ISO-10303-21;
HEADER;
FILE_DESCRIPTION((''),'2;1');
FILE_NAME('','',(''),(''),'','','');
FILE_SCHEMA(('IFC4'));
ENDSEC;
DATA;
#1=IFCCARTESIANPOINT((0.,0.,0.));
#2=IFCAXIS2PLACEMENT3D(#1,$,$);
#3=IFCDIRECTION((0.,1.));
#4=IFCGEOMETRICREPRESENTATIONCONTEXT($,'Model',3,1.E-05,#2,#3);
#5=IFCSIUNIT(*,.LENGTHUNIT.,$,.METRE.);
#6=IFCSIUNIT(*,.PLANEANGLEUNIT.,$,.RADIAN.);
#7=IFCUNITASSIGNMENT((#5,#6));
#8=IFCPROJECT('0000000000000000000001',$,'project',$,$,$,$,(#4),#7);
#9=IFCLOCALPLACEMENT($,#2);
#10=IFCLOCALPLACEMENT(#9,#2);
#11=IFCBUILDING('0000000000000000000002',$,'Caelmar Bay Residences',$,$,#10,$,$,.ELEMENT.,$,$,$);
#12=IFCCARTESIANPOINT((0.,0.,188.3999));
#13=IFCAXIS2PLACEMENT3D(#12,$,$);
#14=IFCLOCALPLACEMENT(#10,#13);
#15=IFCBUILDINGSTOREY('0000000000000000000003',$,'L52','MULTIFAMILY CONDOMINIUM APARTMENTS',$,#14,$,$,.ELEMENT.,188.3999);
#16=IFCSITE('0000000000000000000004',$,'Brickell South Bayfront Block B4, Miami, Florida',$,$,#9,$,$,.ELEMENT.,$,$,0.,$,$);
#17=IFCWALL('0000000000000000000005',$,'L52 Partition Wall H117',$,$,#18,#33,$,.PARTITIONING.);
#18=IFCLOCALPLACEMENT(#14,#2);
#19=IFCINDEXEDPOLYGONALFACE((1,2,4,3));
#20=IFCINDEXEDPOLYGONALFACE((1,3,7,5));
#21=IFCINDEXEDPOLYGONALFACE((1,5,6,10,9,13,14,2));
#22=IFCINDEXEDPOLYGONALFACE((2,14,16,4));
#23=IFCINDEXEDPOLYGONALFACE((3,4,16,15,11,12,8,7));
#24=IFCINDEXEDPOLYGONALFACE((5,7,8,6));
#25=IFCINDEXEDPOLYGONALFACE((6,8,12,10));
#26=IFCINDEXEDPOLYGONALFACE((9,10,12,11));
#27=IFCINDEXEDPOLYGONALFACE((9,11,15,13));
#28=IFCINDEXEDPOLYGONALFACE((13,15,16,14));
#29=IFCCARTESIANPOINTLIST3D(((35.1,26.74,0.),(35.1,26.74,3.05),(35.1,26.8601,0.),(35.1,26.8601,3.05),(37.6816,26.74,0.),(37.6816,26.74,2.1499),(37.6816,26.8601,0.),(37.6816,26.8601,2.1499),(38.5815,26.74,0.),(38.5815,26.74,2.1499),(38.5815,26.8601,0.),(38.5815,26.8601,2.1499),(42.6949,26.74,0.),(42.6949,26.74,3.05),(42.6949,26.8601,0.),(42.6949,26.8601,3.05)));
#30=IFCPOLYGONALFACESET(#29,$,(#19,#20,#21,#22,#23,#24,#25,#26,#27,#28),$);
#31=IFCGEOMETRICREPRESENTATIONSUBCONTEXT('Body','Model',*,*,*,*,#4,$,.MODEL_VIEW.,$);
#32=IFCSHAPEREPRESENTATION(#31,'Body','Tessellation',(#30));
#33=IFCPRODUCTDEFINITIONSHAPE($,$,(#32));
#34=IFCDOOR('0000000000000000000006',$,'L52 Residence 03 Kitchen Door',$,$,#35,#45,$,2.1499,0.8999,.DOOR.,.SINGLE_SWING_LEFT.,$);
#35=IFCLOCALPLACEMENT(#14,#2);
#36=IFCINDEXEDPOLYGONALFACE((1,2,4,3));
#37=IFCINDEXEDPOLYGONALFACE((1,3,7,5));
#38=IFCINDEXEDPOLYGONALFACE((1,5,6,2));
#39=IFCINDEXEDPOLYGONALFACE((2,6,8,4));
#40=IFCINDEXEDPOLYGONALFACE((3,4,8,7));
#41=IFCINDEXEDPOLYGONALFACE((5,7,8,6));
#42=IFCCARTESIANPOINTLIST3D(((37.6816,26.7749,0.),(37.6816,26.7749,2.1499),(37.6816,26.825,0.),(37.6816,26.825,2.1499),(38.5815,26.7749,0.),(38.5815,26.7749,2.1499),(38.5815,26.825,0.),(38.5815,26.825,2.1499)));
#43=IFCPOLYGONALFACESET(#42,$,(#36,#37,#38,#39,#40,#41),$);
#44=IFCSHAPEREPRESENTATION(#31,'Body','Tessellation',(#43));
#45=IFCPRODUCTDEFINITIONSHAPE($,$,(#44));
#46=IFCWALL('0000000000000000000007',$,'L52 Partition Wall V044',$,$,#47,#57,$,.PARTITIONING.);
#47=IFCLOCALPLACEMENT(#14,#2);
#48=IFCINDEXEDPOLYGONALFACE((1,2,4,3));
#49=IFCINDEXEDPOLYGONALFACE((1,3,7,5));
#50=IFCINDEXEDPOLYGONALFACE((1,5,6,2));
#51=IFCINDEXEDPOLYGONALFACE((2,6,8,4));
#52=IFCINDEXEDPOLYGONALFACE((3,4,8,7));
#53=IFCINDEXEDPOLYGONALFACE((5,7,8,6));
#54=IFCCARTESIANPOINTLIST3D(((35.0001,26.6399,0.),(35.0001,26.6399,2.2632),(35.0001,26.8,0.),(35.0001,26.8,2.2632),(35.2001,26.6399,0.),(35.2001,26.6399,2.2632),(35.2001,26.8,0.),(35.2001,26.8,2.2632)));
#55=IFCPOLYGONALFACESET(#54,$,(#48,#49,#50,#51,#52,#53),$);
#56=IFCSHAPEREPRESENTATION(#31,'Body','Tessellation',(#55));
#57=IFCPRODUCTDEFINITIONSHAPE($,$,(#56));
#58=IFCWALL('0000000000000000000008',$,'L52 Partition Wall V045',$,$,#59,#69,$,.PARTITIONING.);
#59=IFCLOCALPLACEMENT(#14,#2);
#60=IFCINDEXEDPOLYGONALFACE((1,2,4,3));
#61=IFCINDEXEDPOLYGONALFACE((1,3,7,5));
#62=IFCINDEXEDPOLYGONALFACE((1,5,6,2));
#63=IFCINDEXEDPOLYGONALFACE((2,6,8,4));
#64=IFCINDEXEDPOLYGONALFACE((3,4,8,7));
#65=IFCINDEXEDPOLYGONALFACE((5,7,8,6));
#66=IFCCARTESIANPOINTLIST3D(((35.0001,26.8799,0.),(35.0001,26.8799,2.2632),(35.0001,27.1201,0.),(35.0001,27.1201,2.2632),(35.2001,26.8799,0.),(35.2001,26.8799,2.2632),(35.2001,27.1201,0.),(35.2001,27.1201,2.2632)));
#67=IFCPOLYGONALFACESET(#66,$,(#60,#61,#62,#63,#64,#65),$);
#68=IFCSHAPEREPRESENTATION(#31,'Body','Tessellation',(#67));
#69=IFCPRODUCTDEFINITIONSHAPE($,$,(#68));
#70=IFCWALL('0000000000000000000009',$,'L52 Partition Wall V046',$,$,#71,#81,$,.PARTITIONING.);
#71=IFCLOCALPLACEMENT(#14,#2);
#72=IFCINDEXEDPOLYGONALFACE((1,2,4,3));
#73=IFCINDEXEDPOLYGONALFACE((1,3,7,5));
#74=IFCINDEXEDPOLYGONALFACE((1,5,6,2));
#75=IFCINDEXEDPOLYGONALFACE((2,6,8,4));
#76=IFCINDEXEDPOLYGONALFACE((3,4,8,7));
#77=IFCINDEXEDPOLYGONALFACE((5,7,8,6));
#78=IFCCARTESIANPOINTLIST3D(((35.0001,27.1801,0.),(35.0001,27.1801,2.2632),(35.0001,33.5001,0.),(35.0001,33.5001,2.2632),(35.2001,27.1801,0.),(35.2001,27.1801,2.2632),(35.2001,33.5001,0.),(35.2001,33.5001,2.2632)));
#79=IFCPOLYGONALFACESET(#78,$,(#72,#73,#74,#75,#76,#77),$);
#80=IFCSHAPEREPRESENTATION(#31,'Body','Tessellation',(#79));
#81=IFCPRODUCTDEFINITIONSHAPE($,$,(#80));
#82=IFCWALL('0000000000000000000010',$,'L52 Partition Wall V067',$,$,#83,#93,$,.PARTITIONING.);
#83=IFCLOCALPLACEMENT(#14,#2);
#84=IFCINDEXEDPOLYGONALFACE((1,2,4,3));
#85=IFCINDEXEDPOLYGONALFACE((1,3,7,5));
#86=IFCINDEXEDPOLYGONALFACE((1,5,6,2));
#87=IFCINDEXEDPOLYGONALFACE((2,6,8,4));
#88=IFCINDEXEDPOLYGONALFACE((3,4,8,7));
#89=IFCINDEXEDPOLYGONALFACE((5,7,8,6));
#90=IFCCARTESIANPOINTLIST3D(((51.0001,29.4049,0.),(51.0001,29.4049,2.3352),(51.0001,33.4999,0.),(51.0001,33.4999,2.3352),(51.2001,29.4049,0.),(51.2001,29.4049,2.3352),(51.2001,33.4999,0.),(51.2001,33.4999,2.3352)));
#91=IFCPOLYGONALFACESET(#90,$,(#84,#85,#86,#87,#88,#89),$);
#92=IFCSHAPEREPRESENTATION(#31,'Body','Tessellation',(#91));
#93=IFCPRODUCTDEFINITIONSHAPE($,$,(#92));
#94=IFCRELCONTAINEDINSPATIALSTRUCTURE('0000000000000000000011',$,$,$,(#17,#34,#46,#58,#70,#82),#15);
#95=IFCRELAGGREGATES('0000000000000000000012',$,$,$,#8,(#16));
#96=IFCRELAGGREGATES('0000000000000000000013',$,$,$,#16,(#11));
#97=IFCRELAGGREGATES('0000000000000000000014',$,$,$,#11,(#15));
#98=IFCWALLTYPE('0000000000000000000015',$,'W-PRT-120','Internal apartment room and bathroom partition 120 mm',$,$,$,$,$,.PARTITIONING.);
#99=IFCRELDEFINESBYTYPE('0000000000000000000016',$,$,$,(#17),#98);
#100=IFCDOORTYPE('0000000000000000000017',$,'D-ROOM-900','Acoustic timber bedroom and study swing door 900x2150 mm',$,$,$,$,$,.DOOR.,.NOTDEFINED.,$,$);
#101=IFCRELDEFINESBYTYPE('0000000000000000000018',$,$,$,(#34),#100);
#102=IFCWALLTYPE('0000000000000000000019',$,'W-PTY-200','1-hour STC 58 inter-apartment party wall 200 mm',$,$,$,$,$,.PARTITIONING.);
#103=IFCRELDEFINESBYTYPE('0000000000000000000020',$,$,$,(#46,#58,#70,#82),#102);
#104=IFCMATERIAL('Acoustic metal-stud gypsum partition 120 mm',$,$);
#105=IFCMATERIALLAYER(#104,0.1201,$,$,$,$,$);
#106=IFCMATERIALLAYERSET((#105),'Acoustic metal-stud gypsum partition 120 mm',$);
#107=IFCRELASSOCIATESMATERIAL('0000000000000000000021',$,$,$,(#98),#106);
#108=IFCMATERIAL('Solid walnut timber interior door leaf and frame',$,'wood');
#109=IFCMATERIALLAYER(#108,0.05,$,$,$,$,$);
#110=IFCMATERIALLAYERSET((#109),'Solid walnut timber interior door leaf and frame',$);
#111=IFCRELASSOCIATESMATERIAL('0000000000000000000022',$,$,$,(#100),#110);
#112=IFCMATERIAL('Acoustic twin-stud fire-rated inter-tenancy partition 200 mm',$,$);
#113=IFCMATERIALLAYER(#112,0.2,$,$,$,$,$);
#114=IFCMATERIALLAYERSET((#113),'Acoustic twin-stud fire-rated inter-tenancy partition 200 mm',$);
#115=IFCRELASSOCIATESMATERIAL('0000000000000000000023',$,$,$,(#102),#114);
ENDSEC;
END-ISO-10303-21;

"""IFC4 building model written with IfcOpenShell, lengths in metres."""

from ifc_helpers import new_model, si_unit, direction, frame, frame_2d, origin, place, context, subcontext, project, spatial, rectangle, extrude, material, layer, layer_set, type_object, element, fill, save


model = new_model("IFC4")

# Units and contexts
model_context = context("Model", 3, precision=1e-05, world=origin(), true_north=direction((0.0, 1.0)))
body_context = subcontext(model_context, "Body", "Model", "MODEL_VIEW")
ifc_project = project(units=[si_unit("LENGTHUNIT", "METRE"), si_unit("PLANEANGLEUNIT", "RADIAN")], contexts=[model_context])

# Site, building, storey
site_placement = place(None, origin())
site = spatial("IfcSite", under=ifc_project, at=site_placement, Name="Brickell South Bayfront Block B4, Miami, Florida", CompositionType="ELEMENT", RefElevation=0.0)
building_placement = place(site_placement, origin())
building = spatial("IfcBuilding", under=site, at=building_placement, Name="Caelmar Bay Residences", CompositionType="ELEMENT")
storey_placement = place(building_placement, frame((0.0, 0.0, 188.3999)))
storey = spatial("IfcBuildingStorey", under=building, at=storey_placement, Name="L52", Description="MULTIFAMILY CONDOMINIUM APARTMENTS", CompositionType="ELEMENT", Elevation=188.3999)

# Shared definitions
ifc_material_1 = material(Name="Acoustic metal-stud gypsum partition 120 mm")
ifc_layer_1 = layer(ifc_material_1, 0.1201)
ifc_layer_set_1 = layer_set([ifc_layer_1], Name="Acoustic metal-stud gypsum partition 120 mm")
wall_type_1 = type_object("IfcWallType", Name="W-PRT-120", Description="Internal apartment room and bathroom partition 120 mm", PredefinedType="PARTITIONING", material=ifc_layer_set_1)

# Shared definitions
ifc_material_2 = material(Name="Solid walnut timber interior door leaf and frame", Category="wood")

# Wall, opening, door
ifc_layer_2 = layer(ifc_material_2, 0.05)
ifc_layer_set_2 = layer_set([ifc_layer_2], Name="Solid walnut timber interior door leaf and frame")
door_type_1 = type_object("IfcDoorType", Name="D-ROOM-900", Description="Acoustic timber bedroom and study swing door 900x2150 mm", OperationType="NOTDEFINED", PredefinedType="DOOR", material=ifc_layer_set_2)
wall_1_placement = place(storey_placement, frame((35.1001, 26.8, 0.0), z_axis=(0.0, 0.0, 1.0), x_axis=(1.0, 0.0, 0.0)))
wall_1 = element("IfcWall", 1, at=wall_1_placement, inside=storey, type_object=wall_type_1, Name="L52 Partition Wall H117", PredefinedType="PARTITIONING", context=body_context, shape_type="SweptSolid", body=[
    extrude(rectangle(XDim=7.595, YDim=0.1201, at=frame_2d((3.7974, 0.0))), origin(), (0.0, 0.0, 1.0), 3.05),
])
opening_1_placement = place(wall_1_placement, frame((2.5815, 0.0, 0.0)))
opening_1 = element("IfcOpeningElement", 2, at=opening_1_placement, cuts=wall_1, PredefinedType="OPENING", context=body_context, shape_type="SweptSolid", body=[
    extrude(rectangle(XDim=0.8999, YDim=2.1499, at=frame_2d((0.45, 1.075))), frame((0.0, 0.0701, 0.0), z_axis=(0.0, -1.0, 0.0), x_axis=(1.0, 0.0, 0.0)), (0.0, 0.0, 1.0), 0.1401),
])
door_1_placement = place(opening_1_placement, origin())
door_1 = element("IfcDoor", 3, at=door_1_placement, inside=storey, type_object=door_type_1, Name="L52 Residence 03 Kitchen Door", OperationType="SINGLE_SWING_LEFT", OverallHeight=2.1499, OverallWidth=0.8999, PredefinedType="DOOR", context=body_context, shape_type="SweptSolid", body=[
    extrude(rectangle(XDim=0.8999, YDim=2.1499, at=frame_2d((0.45, 1.075))), frame((0.0, 0.0249, 0.0), z_axis=(0.0, -1.0, 0.0), x_axis=(1.0, 0.0, 0.0)), (0.0, 0.0, 1.0), 0.05),
])
fill(opening_1, door_1)

# Walls
ifc_material_3 = material(Name="Acoustic twin-stud fire-rated inter-tenancy partition 200 mm")
ifc_layer_3 = layer(ifc_material_3, 0.2)
ifc_layer_set_3 = layer_set([ifc_layer_3], Name="Acoustic twin-stud fire-rated inter-tenancy partition 200 mm")
wall_type_2 = type_object("IfcWallType", Name="W-PTY-200", Description="1-hour STC 58 inter-apartment party wall 200 mm", PredefinedType="PARTITIONING", material=ifc_layer_set_3)
wall_2_placement = place(storey_placement, frame((35.1001, 26.6399, 0.0), z_axis=(0.0, 0.0, 1.0), x_axis=(0.0, 1.0, 0.0)))
element("IfcWall", 4, at=wall_2_placement, inside=storey, type_object=wall_type_2, Name="L52 Partition Wall V044", PredefinedType="PARTITIONING", context=body_context, shape_type="SweptSolid", body=[
    extrude(rectangle(XDim=0.1602, YDim=0.2, at=frame_2d((0.0801, 0.0))), origin(), (0.0, 0.0, 1.0), 2.2632),
])
wall_3_placement = place(storey_placement, frame((35.1001, 26.8799, 0.0), z_axis=(0.0, 0.0, 1.0), x_axis=(0.0, 1.0, 0.0)))
element("IfcWall", 5, at=wall_3_placement, inside=storey, type_object=wall_type_2, Name="L52 Partition Wall V045", PredefinedType="PARTITIONING", context=body_context, shape_type="SweptSolid", body=[
    extrude(rectangle(XDim=0.2402, YDim=0.2, at=frame_2d((0.1201, 0.0))), origin(), (0.0, 0.0, 1.0), 2.2632),
])
wall_4_placement = place(storey_placement, frame((35.1001, 27.1799, 0.0), z_axis=(0.0, 0.0, 1.0), x_axis=(0.0, 1.0, 0.0)))
element("IfcWall", 6, at=wall_4_placement, inside=storey, type_object=wall_type_2, Name="L52 Partition Wall V046", PredefinedType="PARTITIONING", context=body_context, shape_type="SweptSolid", body=[
    extrude(rectangle(XDim=6.3201, YDim=0.2, at=frame_2d((3.1602, 0.0))), origin(), (0.0, 0.0, 1.0), 2.2632),
])
wall_5_placement = place(storey_placement, frame((51.1001, 29.405, 0.0), z_axis=(0.0, 0.0, 1.0), x_axis=(0.0, 1.0, 0.0)))
element("IfcWall", 7, at=wall_5_placement, inside=storey, type_object=wall_type_2, Name="L52 Partition Wall V067", PredefinedType="PARTITIONING", context=body_context, shape_type="SweptSolid", body=[
    extrude(rectangle(XDim=4.095, YDim=0.2, at=frame_2d((2.0474, 0.0))), origin(), (0.0, 0.0, 1.0), 2.3352),
])

save(model, "model.ifc")
